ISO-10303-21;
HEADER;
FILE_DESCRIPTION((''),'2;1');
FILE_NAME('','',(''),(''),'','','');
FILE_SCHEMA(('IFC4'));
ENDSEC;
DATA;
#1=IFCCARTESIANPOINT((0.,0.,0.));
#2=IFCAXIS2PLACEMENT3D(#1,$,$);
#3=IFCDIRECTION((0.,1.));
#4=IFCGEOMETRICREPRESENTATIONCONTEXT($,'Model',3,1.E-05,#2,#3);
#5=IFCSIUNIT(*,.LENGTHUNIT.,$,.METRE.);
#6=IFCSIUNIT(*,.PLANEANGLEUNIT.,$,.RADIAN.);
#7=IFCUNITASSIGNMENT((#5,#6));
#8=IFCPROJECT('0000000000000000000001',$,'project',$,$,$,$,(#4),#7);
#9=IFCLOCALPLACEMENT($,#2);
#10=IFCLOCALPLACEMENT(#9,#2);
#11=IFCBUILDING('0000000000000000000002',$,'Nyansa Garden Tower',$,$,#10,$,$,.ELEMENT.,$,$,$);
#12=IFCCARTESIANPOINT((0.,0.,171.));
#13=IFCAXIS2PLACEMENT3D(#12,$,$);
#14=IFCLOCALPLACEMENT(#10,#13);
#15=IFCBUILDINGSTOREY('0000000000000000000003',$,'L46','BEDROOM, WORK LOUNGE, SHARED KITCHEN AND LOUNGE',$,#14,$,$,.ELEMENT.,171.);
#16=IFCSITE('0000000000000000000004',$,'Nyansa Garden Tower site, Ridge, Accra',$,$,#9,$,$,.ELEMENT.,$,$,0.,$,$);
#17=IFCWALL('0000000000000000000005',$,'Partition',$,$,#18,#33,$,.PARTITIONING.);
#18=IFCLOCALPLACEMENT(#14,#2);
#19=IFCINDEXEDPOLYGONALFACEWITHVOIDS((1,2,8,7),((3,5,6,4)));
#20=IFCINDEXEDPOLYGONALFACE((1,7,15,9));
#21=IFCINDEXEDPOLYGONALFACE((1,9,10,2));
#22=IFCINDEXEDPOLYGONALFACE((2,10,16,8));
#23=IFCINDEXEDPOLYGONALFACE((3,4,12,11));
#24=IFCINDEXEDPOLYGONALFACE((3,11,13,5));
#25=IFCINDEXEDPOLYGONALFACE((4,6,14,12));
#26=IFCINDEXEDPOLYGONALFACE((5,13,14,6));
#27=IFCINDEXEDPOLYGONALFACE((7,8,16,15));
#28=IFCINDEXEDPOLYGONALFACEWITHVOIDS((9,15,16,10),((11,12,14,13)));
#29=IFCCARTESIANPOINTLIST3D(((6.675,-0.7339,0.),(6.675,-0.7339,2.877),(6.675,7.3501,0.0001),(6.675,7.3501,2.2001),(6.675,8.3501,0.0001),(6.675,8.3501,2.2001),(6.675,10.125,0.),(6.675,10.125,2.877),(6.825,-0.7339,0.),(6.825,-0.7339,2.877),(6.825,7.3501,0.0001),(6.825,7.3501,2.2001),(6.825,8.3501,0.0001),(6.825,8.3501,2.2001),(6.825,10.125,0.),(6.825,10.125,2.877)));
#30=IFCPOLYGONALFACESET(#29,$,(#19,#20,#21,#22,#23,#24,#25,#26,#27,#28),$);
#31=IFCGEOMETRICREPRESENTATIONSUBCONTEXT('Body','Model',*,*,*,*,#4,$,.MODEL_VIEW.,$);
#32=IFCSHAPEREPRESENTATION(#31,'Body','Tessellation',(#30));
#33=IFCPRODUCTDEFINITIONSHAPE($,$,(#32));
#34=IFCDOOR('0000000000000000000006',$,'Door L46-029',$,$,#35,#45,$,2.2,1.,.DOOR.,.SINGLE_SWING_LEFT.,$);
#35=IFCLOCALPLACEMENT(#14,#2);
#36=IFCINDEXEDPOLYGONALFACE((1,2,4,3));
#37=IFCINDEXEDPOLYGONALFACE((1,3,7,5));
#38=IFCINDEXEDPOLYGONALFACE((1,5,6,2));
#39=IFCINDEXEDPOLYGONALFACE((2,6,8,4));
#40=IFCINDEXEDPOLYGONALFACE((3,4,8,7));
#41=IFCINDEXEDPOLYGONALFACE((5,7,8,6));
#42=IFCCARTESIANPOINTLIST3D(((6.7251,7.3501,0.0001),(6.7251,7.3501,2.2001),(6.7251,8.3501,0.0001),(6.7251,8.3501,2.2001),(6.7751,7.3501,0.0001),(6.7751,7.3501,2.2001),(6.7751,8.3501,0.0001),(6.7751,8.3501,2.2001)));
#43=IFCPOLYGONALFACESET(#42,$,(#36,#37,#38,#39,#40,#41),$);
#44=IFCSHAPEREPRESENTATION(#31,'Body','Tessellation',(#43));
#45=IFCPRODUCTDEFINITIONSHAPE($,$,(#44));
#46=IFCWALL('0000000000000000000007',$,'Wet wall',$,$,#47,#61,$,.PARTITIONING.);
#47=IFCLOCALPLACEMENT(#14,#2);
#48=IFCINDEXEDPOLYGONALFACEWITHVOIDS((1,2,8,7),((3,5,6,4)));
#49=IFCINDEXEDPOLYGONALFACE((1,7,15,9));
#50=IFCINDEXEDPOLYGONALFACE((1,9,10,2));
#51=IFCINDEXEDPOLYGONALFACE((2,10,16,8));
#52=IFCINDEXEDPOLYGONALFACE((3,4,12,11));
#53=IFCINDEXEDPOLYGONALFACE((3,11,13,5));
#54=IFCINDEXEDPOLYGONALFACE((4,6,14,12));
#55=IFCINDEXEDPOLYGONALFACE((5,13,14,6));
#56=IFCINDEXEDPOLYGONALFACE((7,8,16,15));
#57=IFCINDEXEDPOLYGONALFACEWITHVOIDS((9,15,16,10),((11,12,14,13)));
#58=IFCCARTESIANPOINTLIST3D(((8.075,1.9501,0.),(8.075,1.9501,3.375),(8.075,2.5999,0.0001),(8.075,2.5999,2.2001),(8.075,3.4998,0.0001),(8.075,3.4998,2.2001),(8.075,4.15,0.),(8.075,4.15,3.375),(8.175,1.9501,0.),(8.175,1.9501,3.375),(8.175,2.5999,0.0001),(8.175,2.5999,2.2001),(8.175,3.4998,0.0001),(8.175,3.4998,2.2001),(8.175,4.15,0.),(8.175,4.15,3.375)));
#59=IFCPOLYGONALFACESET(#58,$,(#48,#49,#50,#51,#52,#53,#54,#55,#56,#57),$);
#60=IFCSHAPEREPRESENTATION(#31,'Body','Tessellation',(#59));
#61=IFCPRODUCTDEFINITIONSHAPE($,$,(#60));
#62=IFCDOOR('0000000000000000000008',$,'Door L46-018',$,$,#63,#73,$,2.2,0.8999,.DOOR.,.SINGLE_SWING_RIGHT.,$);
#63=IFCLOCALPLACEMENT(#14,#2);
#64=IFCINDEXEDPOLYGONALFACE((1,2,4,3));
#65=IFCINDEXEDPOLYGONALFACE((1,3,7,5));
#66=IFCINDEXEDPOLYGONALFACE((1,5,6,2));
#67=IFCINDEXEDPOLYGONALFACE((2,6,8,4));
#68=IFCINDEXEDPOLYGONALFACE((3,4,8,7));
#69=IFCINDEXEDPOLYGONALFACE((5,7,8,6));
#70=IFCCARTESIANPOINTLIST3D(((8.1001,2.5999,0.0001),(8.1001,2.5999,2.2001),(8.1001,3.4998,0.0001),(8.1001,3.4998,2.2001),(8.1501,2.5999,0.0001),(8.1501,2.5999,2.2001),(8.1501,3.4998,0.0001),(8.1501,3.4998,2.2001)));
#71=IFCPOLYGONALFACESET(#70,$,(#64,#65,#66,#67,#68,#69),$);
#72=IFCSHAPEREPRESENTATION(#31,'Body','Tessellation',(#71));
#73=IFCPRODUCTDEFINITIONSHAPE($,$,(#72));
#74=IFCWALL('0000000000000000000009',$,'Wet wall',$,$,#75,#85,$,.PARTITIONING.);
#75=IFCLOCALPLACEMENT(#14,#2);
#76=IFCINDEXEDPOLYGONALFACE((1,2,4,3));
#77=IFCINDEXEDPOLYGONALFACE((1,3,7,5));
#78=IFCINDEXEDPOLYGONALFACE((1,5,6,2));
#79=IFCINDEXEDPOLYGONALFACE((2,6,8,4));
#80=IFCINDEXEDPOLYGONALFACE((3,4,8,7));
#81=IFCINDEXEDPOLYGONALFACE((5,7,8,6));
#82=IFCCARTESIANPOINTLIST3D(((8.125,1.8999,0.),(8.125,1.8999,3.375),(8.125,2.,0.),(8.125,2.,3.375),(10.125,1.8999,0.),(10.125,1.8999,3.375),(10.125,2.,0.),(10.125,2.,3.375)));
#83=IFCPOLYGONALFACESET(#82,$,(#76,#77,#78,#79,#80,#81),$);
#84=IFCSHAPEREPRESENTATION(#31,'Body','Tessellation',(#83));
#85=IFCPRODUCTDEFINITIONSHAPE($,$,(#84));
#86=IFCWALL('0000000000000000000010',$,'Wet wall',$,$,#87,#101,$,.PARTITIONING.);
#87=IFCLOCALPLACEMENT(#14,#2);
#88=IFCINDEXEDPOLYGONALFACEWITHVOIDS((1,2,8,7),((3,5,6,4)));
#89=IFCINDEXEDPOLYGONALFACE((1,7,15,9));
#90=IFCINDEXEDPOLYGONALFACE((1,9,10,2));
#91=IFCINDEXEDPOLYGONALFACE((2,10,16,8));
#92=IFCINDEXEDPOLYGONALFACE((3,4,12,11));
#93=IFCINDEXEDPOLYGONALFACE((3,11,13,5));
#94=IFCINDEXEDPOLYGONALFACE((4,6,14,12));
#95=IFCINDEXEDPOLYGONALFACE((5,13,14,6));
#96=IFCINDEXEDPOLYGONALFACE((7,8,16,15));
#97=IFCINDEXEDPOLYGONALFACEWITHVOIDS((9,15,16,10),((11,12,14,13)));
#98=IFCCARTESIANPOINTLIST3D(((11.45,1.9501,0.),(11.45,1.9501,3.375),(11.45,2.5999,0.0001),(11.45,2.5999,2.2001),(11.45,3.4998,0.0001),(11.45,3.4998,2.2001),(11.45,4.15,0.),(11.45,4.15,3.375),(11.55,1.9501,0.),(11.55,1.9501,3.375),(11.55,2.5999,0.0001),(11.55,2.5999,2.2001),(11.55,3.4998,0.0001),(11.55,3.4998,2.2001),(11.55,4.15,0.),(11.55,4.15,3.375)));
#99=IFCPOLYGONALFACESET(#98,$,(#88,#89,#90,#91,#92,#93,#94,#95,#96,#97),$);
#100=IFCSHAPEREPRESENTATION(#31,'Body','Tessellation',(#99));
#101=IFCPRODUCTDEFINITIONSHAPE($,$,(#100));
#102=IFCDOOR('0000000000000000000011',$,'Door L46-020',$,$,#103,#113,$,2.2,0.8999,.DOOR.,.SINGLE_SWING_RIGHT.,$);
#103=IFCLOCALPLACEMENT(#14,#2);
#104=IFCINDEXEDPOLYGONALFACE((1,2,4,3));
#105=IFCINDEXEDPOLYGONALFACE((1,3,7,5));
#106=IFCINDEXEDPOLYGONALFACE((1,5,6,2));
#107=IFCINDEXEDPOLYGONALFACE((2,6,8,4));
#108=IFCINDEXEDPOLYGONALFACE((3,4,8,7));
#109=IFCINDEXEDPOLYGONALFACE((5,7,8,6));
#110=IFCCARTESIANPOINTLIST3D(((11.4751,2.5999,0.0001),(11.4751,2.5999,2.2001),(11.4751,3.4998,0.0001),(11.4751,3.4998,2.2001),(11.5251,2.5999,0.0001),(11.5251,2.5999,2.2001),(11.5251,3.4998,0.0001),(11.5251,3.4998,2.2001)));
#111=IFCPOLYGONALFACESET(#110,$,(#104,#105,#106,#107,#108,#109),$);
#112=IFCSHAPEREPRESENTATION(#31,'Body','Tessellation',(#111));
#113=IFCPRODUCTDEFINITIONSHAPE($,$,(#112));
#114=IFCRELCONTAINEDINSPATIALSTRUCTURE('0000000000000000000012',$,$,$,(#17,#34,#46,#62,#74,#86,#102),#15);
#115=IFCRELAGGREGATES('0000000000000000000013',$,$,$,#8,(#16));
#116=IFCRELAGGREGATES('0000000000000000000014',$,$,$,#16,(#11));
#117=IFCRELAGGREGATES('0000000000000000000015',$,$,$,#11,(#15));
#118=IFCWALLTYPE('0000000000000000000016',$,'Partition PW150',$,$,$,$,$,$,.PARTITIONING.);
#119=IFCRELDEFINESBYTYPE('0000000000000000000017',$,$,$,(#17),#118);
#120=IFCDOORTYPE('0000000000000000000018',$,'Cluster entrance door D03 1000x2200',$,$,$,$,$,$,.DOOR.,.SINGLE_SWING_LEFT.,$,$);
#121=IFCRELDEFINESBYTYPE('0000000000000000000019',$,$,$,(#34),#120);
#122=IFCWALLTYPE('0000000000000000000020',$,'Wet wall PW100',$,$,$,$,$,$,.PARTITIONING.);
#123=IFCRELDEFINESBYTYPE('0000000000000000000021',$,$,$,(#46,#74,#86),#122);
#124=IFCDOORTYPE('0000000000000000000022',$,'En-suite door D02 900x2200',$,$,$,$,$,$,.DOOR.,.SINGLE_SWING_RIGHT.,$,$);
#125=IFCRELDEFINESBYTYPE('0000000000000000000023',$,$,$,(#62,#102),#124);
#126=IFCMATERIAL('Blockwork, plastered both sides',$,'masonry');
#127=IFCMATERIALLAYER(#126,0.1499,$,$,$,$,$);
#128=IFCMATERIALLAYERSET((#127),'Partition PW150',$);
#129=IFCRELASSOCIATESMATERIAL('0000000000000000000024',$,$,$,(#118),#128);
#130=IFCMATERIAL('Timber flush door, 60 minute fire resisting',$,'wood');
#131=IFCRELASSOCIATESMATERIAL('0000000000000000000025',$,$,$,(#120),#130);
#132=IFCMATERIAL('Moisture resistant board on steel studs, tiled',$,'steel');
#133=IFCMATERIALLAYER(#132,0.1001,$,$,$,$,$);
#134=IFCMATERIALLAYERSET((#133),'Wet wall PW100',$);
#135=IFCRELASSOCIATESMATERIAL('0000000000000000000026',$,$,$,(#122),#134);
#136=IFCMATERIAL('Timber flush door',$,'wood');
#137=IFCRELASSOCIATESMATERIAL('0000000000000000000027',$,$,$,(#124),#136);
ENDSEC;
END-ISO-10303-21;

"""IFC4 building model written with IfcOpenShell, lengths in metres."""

from ifc_helpers import new_model, si_unit, direction, frame, frame_2d, origin, place, context, subcontext, project, spatial, rectangle, extrude, material, layer, layer_set, type_object, element, fill, save


model = new_model("IFC4")

# Units and contexts
model_context = context("Model", 3, precision=1e-05, world=origin(), true_north=direction((0.0, 1.0)))
body_context = subcontext(model_context, "Body", "Model", "MODEL_VIEW")
ifc_project = project(units=[si_unit("LENGTHUNIT", "METRE"), si_unit("PLANEANGLEUNIT", "RADIAN")], contexts=[model_context])

# Site, building, storey
site_placement = place(None, origin())
site = spatial("IfcSite", under=ifc_project, at=site_placement, Name="Nyansa Garden Tower site, Ridge, Accra", CompositionType="ELEMENT", RefElevation=0.0)
building_placement = place(site_placement, origin())
building = spatial("IfcBuilding", under=site, at=building_placement, Name="Nyansa Garden Tower", CompositionType="ELEMENT")
storey_placement = place(building_placement, frame((0.0, 0.0, 171.0)))
storey = spatial("IfcBuildingStorey", under=building, at=storey_placement, Name="L46", Description="BEDROOM, WORK LOUNGE, SHARED KITCHEN AND LOUNGE", CompositionType="ELEMENT", Elevation=171.0)

# Walls, openings, doors
ifc_material_1 = material(Name="Blockwork, plastered both sides", Category="masonry")
ifc_layer_1 = layer(ifc_material_1, 0.1499)
ifc_layer_set_1 = layer_set([ifc_layer_1], Name="Partition PW150")
wall_type_1 = type_object("IfcWallType", Name="Partition PW150", PredefinedType="PARTITIONING", material=ifc_layer_set_1)
wall_1_placement = place(storey_placement, frame((6.75, -0.7339, 0.0), z_axis=(0.0, 0.0, 1.0), x_axis=(0.0, 1.0, 0.0)))
wall_1 = element("IfcWall", 1, at=wall_1_placement, inside=storey, type_object=wall_type_1, Name="Partition", PredefinedType="PARTITIONING", context=body_context, shape_type="SweptSolid", body=[
    extrude(rectangle(XDim=10.8589, YDim=0.1499, at=frame_2d((5.4294, 0.0))), origin(), (0.0, 0.0, 1.0), 2.877),
])
opening_1_placement = place(wall_1_placement, frame((8.084, 0.0, 0.0)))
opening_1 = element("IfcOpeningElement", 2, at=opening_1_placement, cuts=wall_1, PredefinedType="OPENING", context=body_context, shape_type="SweptSolid", body=[
    extrude(rectangle(XDim=1.0, YDim=2.2, at=frame_2d((0.5, 1.1001))), frame((0.0, 0.085, 0.0), z_axis=(0.0, -1.0, 0.0), x_axis=(1.0, 0.0, 0.0)), (0.0, 0.0, 1.0), 0.1699),
])
ifc_material_2 = material(Name="Timber flush door, 60 minute fire resisting", Category="wood")
door_type_1 = type_object("IfcDoorType", Name="Cluster entrance door D03 1000x2200", OperationType="SINGLE_SWING_LEFT", PredefinedType="DOOR", material=ifc_material_2)
door_1_placement = place(opening_1_placement, origin())
door_1 = element("IfcDoor", 3, at=door_1_placement, inside=storey, type_object=door_type_1, Name="Door L46-029", OperationType="SINGLE_SWING_LEFT", OverallHeight=2.2, OverallWidth=1.0, PredefinedType="DOOR", context=body_context, shape_type="SweptSolid", body=[
    extrude(rectangle(XDim=1.0, YDim=2.2, at=frame_2d((0.5, 1.1001))), frame((0.0, 0.0249, 0.0), z_axis=(0.0, -1.0, 0.0), x_axis=(1.0, 0.0, 0.0)), (0.0, 0.0, 1.0), 0.05),
])
fill(opening_1, door_1)
ifc_material_3 = material(Name="Moisture resistant board on steel studs, tiled", Category="steel")
ifc_layer_2 = layer(ifc_material_3, 0.1001)
ifc_layer_set_2 = layer_set([ifc_layer_2], Name="Wet wall PW100")
wall_type_2 = type_object("IfcWallType", Name="Wet wall PW100", PredefinedType="PARTITIONING", material=ifc_layer_set_2)
wall_2_placement = place(storey_placement, frame((8.125, 1.95, 0.0), z_axis=(0.0, 0.0, 1.0), x_axis=(0.0, 1.0, 0.0)))
wall_2 = element("IfcWall", 4, at=wall_2_placement, inside=storey, type_object=wall_type_2, Name="Wet wall", PredefinedType="PARTITIONING", context=body_context, shape_type="SweptSolid", body=[
    extrude(rectangle(XDim=2.2, YDim=0.1001, at=frame_2d((1.1001, 0.0))), origin(), (0.0, 0.0, 1.0), 3.375),
])
opening_2_placement = place(wall_2_placement, frame((0.6499, 0.0, 0.0)))
opening_2 = element("IfcOpeningElement", 5, at=opening_2_placement, cuts=wall_2, PredefinedType="OPENING", context=body_context, shape_type="SweptSolid", body=[
    extrude(rectangle(XDim=0.8999, YDim=2.2, at=frame_2d((0.45, 1.1001))), frame((0.0, 0.0601, 0.0), z_axis=(0.0, -1.0, 0.0), x_axis=(1.0, 0.0, 0.0)), (0.0, 0.0, 1.0), 0.1201),
])
ifc_material_4 = material(Name="Timber flush door", Category="wood")
door_type_2 = type_object("IfcDoorType", Name="En-suite door D02 900x2200", OperationType="SINGLE_SWING_RIGHT", PredefinedType="DOOR", material=ifc_material_4)
door_2_placement = place(opening_2_placement, origin())
door_2 = element("IfcDoor", 6, at=door_2_placement, inside=storey, type_object=door_type_2, Name="Door L46-018", OperationType="SINGLE_SWING_RIGHT", OverallHeight=2.2, OverallWidth=0.8999, PredefinedType="DOOR", context=body_context, shape_type="SweptSolid", body=[
    extrude(rectangle(XDim=0.8999, YDim=2.2, at=frame_2d((0.45, 1.1001))), frame((0.0, 0.0249, 0.0), z_axis=(0.0, -1.0, 0.0), x_axis=(1.0, 0.0, 0.0)), (0.0, 0.0, 1.0), 0.05),
])
fill(opening_2, door_2)

# Wall
wall_3_placement = place(storey_placement, frame((8.125, 1.95, 0.0), z_axis=(0.0, 0.0, 1.0), x_axis=(1.0, 0.0, 0.0)))
element("IfcWall", 7, at=wall_3_placement, inside=storey, type_object=wall_type_2, Name="Wet wall", PredefinedType="PARTITIONING", context=body_context, shape_type="SweptSolid", body=[
    extrude(rectangle(XDim=2.0, YDim=0.1001, at=frame_2d((1.0, 0.0))), origin(), (0.0, 0.0, 1.0), 3.375),
])

# Wall, opening, door
wall_4_placement = place(storey_placement, frame((11.5, 1.95, 0.0), z_axis=(0.0, 0.0, 1.0), x_axis=(0.0, 1.0, 0.0)))
wall_4 = element("IfcWall", 8, at=wall_4_placement, inside=storey, type_object=wall_type_2, Name="Wet wall", PredefinedType="PARTITIONING", context=body_context, shape_type="SweptSolid", body=[
    extrude(rectangle(XDim=2.2, YDim=0.1001, at=frame_2d((1.1001, 0.0))), origin(), (0.0, 0.0, 1.0), 3.375),
])
opening_3_placement = place(wall_4_placement, frame((0.6499, 0.0, 0.0)))
opening_3 = element("IfcOpeningElement", 9, at=opening_3_placement, cuts=wall_4, PredefinedType="OPENING", context=body_context, shape_type="SweptSolid", body=[
    extrude(rectangle(XDim=0.8999, YDim=2.2, at=frame_2d((0.45, 1.1001))), frame((0.0, 0.0601, 0.0), z_axis=(0.0, -1.0, 0.0), x_axis=(1.0, 0.0, 0.0)), (0.0, 0.0, 1.0), 0.1201),
])
door_3_placement = place(opening_3_placement, origin())
door_3 = element("IfcDoor", 10, at=door_3_placement, inside=storey, type_object=door_type_2, Name="Door L46-020", OperationType="SINGLE_SWING_RIGHT", OverallHeight=2.2, OverallWidth=0.8999, PredefinedType="DOOR", context=body_context, shape_type="SweptSolid", body=[
    extrude(rectangle(XDim=0.8999, YDim=2.2, at=frame_2d((0.45, 1.1001))), frame((0.0, 0.0249, 0.0), z_axis=(0.0, -1.0, 0.0), x_axis=(1.0, 0.0, 0.0)), (0.0, 0.0, 1.0), 0.05),
])
fill(opening_3, door_3)

save(model, "model.ifc")
